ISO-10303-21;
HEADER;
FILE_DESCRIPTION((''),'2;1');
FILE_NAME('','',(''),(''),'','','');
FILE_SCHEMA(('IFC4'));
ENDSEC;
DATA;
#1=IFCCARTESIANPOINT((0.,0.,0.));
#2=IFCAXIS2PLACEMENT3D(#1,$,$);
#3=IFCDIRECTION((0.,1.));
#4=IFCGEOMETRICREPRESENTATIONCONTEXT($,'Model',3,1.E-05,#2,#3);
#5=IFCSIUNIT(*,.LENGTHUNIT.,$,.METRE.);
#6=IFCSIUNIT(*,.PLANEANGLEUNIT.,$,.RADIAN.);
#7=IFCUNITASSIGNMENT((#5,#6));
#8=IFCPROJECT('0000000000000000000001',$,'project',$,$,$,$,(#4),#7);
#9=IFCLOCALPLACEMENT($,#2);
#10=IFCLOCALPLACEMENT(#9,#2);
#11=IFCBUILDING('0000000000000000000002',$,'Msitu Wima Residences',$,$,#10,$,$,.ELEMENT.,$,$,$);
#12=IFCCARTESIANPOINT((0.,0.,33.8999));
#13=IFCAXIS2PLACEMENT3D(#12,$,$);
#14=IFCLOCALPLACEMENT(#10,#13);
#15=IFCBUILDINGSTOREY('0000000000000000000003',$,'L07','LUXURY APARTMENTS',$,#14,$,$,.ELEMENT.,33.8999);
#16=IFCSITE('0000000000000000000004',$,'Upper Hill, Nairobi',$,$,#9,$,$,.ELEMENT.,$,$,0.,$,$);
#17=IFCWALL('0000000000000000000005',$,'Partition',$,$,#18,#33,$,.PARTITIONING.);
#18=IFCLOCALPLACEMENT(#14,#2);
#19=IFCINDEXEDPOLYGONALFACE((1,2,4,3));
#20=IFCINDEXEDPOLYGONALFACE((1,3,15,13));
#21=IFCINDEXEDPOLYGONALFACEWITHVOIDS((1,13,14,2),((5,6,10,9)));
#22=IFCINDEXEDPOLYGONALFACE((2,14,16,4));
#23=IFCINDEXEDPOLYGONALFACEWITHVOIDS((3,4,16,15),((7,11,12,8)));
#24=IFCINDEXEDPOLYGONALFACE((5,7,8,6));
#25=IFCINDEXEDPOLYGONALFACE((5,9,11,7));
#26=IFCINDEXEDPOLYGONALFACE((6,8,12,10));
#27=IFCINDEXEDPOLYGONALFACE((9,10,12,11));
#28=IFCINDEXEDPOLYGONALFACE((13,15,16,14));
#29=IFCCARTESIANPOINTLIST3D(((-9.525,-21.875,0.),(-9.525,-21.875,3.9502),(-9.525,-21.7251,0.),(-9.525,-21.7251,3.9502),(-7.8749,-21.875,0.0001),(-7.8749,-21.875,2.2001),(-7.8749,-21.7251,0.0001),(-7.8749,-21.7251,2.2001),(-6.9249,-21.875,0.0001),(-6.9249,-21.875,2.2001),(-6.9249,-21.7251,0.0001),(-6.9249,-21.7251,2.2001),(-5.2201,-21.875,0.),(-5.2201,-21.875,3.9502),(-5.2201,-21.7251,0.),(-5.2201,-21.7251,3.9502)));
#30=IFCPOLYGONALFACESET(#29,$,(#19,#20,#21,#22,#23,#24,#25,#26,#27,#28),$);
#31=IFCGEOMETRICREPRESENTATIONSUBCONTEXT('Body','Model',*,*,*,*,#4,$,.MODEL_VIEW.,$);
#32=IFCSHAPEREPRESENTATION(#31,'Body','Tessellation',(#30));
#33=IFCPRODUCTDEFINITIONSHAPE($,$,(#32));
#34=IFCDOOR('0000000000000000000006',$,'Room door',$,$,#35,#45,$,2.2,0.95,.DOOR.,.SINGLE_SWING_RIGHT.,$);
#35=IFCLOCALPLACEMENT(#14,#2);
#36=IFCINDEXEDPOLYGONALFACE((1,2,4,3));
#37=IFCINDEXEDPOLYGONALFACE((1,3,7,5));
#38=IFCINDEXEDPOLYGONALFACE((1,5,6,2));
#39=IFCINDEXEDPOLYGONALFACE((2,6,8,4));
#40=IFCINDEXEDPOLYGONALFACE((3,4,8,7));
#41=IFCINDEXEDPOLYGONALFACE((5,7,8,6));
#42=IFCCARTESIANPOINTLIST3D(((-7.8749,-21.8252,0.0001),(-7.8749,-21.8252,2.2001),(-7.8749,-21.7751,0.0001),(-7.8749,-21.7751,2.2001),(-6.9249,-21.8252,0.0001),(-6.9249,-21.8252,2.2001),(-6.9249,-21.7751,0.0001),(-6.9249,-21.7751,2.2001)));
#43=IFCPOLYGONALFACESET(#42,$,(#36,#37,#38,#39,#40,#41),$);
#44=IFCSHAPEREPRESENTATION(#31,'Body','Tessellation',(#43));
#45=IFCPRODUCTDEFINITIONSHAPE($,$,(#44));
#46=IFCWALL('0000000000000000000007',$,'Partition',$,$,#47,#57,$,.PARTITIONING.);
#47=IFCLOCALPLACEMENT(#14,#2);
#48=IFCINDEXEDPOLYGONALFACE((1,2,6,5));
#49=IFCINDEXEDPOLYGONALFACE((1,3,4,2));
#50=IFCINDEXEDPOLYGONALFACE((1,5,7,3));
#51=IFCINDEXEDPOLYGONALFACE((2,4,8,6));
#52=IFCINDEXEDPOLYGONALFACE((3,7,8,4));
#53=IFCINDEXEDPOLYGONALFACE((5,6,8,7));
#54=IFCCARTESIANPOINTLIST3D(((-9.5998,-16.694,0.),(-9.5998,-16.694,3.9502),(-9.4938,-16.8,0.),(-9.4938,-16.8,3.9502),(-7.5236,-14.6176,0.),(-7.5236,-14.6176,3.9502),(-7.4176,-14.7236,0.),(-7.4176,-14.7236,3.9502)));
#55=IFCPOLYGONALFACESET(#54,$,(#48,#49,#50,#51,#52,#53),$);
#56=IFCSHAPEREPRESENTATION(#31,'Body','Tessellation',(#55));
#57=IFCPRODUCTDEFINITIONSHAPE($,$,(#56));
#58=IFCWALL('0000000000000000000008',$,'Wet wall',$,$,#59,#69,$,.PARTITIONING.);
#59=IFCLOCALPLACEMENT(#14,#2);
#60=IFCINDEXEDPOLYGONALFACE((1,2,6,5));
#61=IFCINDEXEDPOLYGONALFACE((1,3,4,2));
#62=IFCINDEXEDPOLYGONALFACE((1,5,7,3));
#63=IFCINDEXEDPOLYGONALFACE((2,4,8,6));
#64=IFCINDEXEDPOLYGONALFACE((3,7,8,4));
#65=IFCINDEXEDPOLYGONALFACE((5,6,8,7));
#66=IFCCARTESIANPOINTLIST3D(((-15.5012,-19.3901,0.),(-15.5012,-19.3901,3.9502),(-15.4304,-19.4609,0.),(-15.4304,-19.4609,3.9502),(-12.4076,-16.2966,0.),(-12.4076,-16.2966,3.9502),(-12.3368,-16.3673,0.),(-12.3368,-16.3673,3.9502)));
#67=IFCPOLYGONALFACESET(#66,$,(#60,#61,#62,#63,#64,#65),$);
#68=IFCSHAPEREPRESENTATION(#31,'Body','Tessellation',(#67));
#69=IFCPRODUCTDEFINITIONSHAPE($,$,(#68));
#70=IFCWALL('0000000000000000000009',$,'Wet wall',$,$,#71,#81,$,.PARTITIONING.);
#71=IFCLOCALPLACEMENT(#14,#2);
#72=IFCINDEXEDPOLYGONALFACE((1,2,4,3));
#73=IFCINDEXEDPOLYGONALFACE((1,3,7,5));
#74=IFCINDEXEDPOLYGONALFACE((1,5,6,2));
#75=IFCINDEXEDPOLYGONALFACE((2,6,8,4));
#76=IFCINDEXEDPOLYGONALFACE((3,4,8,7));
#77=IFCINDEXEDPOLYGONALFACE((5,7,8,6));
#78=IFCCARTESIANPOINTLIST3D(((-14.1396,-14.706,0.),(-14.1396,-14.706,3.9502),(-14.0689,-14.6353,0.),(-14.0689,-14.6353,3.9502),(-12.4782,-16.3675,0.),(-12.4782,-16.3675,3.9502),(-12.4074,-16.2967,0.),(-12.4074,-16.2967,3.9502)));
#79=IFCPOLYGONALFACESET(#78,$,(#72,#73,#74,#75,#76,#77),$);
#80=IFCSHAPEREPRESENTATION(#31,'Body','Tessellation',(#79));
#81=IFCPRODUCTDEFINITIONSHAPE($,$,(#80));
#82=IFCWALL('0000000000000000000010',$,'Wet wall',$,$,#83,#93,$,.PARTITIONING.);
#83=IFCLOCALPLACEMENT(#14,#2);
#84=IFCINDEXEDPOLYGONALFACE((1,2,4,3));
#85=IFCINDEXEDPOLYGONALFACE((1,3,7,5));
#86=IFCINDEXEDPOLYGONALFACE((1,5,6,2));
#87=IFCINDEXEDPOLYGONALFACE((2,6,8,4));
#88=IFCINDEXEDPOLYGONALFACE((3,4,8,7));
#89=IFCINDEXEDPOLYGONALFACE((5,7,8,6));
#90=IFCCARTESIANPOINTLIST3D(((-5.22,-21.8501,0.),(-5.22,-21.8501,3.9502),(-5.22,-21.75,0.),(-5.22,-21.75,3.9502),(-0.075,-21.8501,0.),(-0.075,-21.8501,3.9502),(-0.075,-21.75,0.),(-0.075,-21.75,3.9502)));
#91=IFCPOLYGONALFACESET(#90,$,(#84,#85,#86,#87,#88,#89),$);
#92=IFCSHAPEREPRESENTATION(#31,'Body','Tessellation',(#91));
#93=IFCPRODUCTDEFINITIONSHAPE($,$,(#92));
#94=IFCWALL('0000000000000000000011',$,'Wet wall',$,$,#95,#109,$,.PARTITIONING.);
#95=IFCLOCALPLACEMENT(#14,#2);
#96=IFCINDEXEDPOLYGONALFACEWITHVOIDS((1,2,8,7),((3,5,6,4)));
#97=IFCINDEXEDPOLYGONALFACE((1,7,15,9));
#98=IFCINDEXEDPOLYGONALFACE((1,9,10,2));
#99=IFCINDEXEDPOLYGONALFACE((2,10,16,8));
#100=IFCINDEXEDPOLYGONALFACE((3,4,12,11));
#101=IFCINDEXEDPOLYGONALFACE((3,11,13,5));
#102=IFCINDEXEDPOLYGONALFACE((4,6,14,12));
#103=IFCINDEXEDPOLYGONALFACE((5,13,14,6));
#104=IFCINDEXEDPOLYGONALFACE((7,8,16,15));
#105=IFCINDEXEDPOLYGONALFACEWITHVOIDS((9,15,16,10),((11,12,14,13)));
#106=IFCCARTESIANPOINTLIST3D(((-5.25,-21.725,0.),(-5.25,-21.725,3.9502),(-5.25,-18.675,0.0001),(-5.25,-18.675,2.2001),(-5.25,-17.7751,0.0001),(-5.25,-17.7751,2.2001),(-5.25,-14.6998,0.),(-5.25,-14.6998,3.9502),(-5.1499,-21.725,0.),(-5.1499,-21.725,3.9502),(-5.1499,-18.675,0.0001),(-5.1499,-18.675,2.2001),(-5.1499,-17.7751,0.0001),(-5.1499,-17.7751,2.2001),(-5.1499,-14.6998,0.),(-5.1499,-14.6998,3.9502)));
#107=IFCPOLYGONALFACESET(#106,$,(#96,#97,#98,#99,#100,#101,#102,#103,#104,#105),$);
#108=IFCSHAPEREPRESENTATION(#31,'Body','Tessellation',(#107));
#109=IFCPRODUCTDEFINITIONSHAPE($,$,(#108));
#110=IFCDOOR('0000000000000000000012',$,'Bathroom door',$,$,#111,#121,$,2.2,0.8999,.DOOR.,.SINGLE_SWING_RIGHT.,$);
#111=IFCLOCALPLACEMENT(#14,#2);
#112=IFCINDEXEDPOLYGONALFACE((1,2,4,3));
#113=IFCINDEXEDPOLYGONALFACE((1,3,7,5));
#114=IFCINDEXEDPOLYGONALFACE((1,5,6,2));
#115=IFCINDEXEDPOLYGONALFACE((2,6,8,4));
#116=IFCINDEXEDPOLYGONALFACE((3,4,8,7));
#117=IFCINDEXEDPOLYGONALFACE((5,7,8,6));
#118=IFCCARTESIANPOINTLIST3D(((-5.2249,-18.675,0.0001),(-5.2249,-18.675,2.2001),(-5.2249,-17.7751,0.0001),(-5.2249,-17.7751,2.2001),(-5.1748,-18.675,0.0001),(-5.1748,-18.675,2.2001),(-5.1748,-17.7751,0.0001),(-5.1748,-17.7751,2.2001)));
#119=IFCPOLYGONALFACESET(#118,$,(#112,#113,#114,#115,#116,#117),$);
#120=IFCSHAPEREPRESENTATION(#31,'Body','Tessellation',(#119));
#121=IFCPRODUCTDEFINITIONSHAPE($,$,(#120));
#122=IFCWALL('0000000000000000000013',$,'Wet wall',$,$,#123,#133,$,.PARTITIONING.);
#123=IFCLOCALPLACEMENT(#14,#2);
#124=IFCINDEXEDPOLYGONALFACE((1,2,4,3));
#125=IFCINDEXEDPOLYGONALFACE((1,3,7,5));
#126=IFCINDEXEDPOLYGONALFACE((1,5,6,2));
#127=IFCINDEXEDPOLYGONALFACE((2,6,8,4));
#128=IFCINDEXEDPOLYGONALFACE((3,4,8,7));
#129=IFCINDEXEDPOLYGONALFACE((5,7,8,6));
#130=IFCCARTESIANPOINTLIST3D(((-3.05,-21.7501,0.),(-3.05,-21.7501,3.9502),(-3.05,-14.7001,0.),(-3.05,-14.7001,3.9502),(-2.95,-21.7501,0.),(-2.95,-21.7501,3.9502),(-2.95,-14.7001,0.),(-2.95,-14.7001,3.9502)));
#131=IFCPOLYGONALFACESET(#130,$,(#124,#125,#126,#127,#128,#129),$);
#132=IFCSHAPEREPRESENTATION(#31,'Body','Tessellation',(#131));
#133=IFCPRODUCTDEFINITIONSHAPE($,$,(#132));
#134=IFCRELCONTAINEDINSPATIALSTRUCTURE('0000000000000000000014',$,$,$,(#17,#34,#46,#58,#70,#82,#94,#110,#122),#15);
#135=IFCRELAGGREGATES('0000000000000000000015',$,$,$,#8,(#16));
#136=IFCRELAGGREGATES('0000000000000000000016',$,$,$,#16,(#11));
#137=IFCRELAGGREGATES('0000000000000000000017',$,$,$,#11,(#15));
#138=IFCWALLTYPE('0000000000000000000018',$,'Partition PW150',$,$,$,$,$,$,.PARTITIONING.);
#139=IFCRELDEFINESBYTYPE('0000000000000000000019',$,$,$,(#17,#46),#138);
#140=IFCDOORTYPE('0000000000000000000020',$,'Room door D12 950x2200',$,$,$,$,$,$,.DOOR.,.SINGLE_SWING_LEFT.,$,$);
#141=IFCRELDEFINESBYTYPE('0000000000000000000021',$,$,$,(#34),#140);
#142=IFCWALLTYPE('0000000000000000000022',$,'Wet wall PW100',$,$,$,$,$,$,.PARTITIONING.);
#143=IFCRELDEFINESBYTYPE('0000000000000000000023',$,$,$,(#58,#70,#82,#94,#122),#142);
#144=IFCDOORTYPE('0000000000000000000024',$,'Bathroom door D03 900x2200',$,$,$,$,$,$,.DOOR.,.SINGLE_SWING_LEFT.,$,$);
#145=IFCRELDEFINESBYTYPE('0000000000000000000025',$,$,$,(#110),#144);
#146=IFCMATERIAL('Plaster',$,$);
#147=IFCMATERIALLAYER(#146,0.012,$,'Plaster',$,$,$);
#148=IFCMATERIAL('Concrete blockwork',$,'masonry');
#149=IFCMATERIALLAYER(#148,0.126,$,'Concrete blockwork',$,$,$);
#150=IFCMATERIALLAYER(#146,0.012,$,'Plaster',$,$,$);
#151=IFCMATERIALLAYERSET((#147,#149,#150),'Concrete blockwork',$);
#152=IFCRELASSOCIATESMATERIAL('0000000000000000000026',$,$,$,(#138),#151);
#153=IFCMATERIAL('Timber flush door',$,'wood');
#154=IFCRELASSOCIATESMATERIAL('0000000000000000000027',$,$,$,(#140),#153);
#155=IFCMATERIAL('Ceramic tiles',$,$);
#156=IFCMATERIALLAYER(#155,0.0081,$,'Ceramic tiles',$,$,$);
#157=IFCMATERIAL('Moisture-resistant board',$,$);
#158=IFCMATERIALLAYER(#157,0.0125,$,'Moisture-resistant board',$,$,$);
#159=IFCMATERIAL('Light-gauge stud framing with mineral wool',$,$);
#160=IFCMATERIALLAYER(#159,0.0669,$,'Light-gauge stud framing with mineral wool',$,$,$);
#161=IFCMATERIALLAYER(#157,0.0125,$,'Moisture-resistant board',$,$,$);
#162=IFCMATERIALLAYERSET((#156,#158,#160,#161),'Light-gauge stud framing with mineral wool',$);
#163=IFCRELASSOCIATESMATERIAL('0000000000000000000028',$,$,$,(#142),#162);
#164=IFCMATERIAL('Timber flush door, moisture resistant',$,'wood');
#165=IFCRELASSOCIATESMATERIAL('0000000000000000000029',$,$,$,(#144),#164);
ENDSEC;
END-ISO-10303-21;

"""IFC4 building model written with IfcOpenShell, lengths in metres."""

from ifc_helpers import new_model, si_unit, direction, frame, frame_2d, origin, place, context, subcontext, project, spatial, rectangle, extrude, material, layer, layer_set, type_object, element, fill, save


model = new_model("IFC4")

# Units and contexts
model_context = context("Model", 3, precision=1e-05, world=origin(), true_north=direction((0.0, 1.0)))
body_context = subcontext(model_context, "Body", "Model", "MODEL_VIEW")
ifc_project = project(units=[si_unit("LENGTHUNIT", "METRE"), si_unit("PLANEANGLEUNIT", "RADIAN")], contexts=[model_context])

# Site, building, storey
site_placement = place(None, origin())
site = spatial("IfcSite", under=ifc_project, at=site_placement, Name="Upper Hill, Nairobi", CompositionType="ELEMENT", RefElevation=0.0)
building_placement = place(site_placement, origin())
building = spatial("IfcBuilding", under=site, at=building_placement, Name="Msitu Wima Residences", CompositionType="ELEMENT")
storey_placement = place(building_placement, frame((0.0, 0.0, 33.8999)))
storey = spatial("IfcBuildingStorey", under=building, at=storey_placement, Name="L07", Description="LUXURY APARTMENTS", CompositionType="ELEMENT", Elevation=33.8999)

# Shared definitions
ifc_material_1 = material(Name="Plaster")
ifc_layer_1 = layer(ifc_material_1, 0.012, Name="Plaster")
ifc_material_2 = material(Name="Concrete blockwork", Category="masonry")
ifc_layer_2 = layer(ifc_material_2, 0.126, Name="Concrete blockwork")
ifc_layer_3 = layer(ifc_material_1, 0.012, Name="Plaster")
ifc_layer_set_1 = layer_set([ifc_layer_1, ifc_layer_2, ifc_layer_3], Name="Concrete blockwork")
wall_type_1 = type_object("IfcWallType", Name="Partition PW150", PredefinedType="PARTITIONING", material=ifc_layer_set_1)

# Shared definitions
ifc_material_3 = material(Name="Timber flush door", Category="wood")
door_type_1 = type_object("IfcDoorType", Name="Room door D12 950x2200", OperationType="SINGLE_SWING_LEFT", PredefinedType="DOOR", material=ifc_material_3)

# Wall, opening, door
wall_1_placement = place(storey_placement, frame((-9.5249, -21.8, 0.0), z_axis=(0.0, 0.0, 1.0), x_axis=(1.0, 0.0, 0.0)))
wall_1 = element("IfcWall", 1, at=wall_1_placement, inside=storey, type_object=wall_type_1, Name="Partition", PredefinedType="PARTITIONING", context=body_context, shape_type="SweptSolid", body=[
    extrude(rectangle(XDim=4.3049, YDim=0.1499, at=frame_2d((2.1523, 0.0))), origin(), (0.0, 0.0, 1.0), 3.9502),
])
opening_1_placement = place(wall_1_placement, frame((1.6499, 0.0, 0.0)))
opening_1 = element("IfcOpeningElement", 2, at=opening_1_placement, cuts=wall_1, PredefinedType="OPENING", context=body_context, shape_type="SweptSolid", body=[
    extrude(rectangle(XDim=0.95, YDim=2.2, at=frame_2d((0.4751, 1.1001))), frame((0.0, 0.085, 0.0), z_axis=(0.0, -1.0, 0.0), x_axis=(1.0, 0.0, 0.0)), (0.0, 0.0, 1.0), 0.1699),
])
door_1_placement = place(opening_1_placement, origin())
door_1 = element("IfcDoor", 3, at=door_1_placement, inside=storey, type_object=door_type_1, Name="Room door", OperationType="SINGLE_SWING_RIGHT", OverallHeight=2.2, OverallWidth=0.95, PredefinedType="DOOR", context=body_context, shape_type="SweptSolid", body=[
    extrude(rectangle(XDim=0.95, YDim=2.2, at=frame_2d((0.4751, 1.1001))), frame((0.0, 0.0249, 0.0), z_axis=(0.0, -1.0, 0.0), x_axis=(1.0, 0.0, 0.0)), (0.0, 0.0, 1.0), 0.05),
])
fill(opening_1, door_1)

# Walls
wall_2_placement = place(storey_placement, frame((-9.5469, -16.7471, 0.0), z_axis=(0.0, 0.0, 1.0), x_axis=(0.707065, 0.707148, 0.0)))
element("IfcWall", 4, at=wall_2_placement, inside=storey, type_object=wall_type_1, Name="Partition", PredefinedType="PARTITIONING", context=body_context, shape_type="SweptSolid", body=[
    extrude(rectangle(XDim=2.9363, YDim=0.1499, at=frame_2d((1.4683, 0.0))), origin(), (0.0, 0.0, 1.0), 3.9502),
])
ifc_material_4 = material(Name="Ceramic tiles")
ifc_layer_4 = layer(ifc_material_4, 0.0081, Name="Ceramic tiles")
ifc_material_5 = material(Name="Moisture-resistant board")
ifc_layer_5 = layer(ifc_material_5, 0.0125, Name="Moisture-resistant board")
ifc_material_6 = material(Name="Light-gauge stud framing with mineral wool")
ifc_layer_6 = layer(ifc_material_6, 0.0669, Name="Light-gauge stud framing with mineral wool")
ifc_layer_7 = layer(ifc_material_5, 0.0125, Name="Moisture-resistant board")
ifc_layer_set_2 = layer_set([ifc_layer_4, ifc_layer_5, ifc_layer_6, ifc_layer_7], Name="Light-gauge stud framing with mineral wool")
wall_type_2 = type_object("IfcWallType", Name="Wet wall PW100", PredefinedType="PARTITIONING", material=ifc_layer_set_2)
wall_3_placement = place(storey_placement, frame((-15.4658, -19.4255, 0.0), z_axis=(0.0, 0.0, 1.0), x_axis=(0.707107, 0.707107, 0.0)))
element("IfcWall", 5, at=wall_3_placement, inside=storey, type_object=wall_type_2, Name="Wet wall", PredefinedType="PARTITIONING", context=body_context, shape_type="SweptSolid", body=[
    extrude(rectangle(XDim=4.375, YDim=0.1001, at=frame_2d((2.1875, 0.0))), origin(), (0.0, 0.0, 1.0), 3.9502),
])
wall_4_placement = place(storey_placement, frame((-14.1042, -14.6707, 0.0), z_axis=(0.0, 0.0, 1.0), x_axis=(0.707107, -0.707107, 0.0)))
element("IfcWall", 6, at=wall_4_placement, inside=storey, type_object=wall_type_2, Name="Wet wall", PredefinedType="PARTITIONING", context=body_context, shape_type="SweptSolid", body=[
    extrude(rectangle(XDim=2.3496, YDim=0.1001, at=frame_2d((1.1748, 0.0))), origin(), (0.0, 0.0, 1.0), 3.9502),
])
wall_5_placement = place(storey_placement, frame((-5.22, -21.8, 0.0), z_axis=(0.0, 0.0, 1.0), x_axis=(1.0, 0.0, 0.0)))
element("IfcWall", 7, at=wall_5_placement, inside=storey, type_object=wall_type_2, Name="Wet wall", PredefinedType="PARTITIONING", context=body_context, shape_type="SweptSolid", body=[
    extrude(rectangle(XDim=5.145, YDim=0.1001, at=frame_2d((2.5725, 0.0))), origin(), (0.0, 0.0, 1.0), 3.9502),
])

# Wall, opening, door
wall_6_placement = place(storey_placement, frame((-5.2, -21.7251, 0.0), z_axis=(0.0, 0.0, 1.0), x_axis=(0.0, 1.0, 0.0)))
wall_6 = element("IfcWall", 8, at=wall_6_placement, inside=storey, type_object=wall_type_2, Name="Wet wall", PredefinedType="PARTITIONING", context=body_context, shape_type="SweptSolid", body=[
    extrude(rectangle(XDim=7.0251, YDim=0.1001, at=frame_2d((3.5127, 0.0))), origin(), (0.0, 0.0, 1.0), 3.9502),
])
opening_2_placement = place(wall_6_placement, frame((3.05, 0.0, 0.0)))
opening_2 = element("IfcOpeningElement", 9, at=opening_2_placement, cuts=wall_6, PredefinedType="OPENING", context=body_context, shape_type="SweptSolid", body=[
    extrude(rectangle(XDim=0.8999, YDim=2.2, at=frame_2d((0.45, 1.1001))), frame((0.0, 0.0601, 0.0), z_axis=(0.0, -1.0, 0.0), x_axis=(1.0, 0.0, 0.0)), (0.0, 0.0, 1.0), 0.1201),
])
ifc_material_7 = material(Name="Timber flush door, moisture resistant", Category="wood")
door_type_2 = type_object("IfcDoorType", Name="Bathroom door D03 900x2200", OperationType="SINGLE_SWING_LEFT", PredefinedType="DOOR", material=ifc_material_7)
door_2_placement = place(opening_2_placement, origin())
door_2 = element("IfcDoor", 10, at=door_2_placement, inside=storey, type_object=door_type_2, Name="Bathroom door", OperationType="SINGLE_SWING_RIGHT", OverallHeight=2.2, OverallWidth=0.8999, PredefinedType="DOOR", context=body_context, shape_type="SweptSolid", body=[
    extrude(rectangle(XDim=0.8999, YDim=2.2, at=frame_2d((0.45, 1.1001))), frame((0.0, 0.0249, 0.0), z_axis=(0.0, -1.0, 0.0), x_axis=(1.0, 0.0, 0.0)), (0.0, 0.0, 1.0), 0.05),
])
fill(opening_2, door_2)

# Wall
wall_7_placement = place(storey_placement, frame((-3.0, -21.75, 0.0), z_axis=(0.0, 0.0, 1.0), x_axis=(0.0, 1.0, 0.0)))
element("IfcWall", 11, at=wall_7_placement, inside=storey, type_object=wall_type_2, Name="Wet wall", PredefinedType="PARTITIONING", context=body_context, shape_type="SweptSolid", body=[
    extrude(rectangle(XDim=7.05, YDim=0.1001, at=frame_2d((3.5249, 0.0))), origin(), (0.0, 0.0, 1.0), 3.9502),
])

save(model, "model.ifc")
